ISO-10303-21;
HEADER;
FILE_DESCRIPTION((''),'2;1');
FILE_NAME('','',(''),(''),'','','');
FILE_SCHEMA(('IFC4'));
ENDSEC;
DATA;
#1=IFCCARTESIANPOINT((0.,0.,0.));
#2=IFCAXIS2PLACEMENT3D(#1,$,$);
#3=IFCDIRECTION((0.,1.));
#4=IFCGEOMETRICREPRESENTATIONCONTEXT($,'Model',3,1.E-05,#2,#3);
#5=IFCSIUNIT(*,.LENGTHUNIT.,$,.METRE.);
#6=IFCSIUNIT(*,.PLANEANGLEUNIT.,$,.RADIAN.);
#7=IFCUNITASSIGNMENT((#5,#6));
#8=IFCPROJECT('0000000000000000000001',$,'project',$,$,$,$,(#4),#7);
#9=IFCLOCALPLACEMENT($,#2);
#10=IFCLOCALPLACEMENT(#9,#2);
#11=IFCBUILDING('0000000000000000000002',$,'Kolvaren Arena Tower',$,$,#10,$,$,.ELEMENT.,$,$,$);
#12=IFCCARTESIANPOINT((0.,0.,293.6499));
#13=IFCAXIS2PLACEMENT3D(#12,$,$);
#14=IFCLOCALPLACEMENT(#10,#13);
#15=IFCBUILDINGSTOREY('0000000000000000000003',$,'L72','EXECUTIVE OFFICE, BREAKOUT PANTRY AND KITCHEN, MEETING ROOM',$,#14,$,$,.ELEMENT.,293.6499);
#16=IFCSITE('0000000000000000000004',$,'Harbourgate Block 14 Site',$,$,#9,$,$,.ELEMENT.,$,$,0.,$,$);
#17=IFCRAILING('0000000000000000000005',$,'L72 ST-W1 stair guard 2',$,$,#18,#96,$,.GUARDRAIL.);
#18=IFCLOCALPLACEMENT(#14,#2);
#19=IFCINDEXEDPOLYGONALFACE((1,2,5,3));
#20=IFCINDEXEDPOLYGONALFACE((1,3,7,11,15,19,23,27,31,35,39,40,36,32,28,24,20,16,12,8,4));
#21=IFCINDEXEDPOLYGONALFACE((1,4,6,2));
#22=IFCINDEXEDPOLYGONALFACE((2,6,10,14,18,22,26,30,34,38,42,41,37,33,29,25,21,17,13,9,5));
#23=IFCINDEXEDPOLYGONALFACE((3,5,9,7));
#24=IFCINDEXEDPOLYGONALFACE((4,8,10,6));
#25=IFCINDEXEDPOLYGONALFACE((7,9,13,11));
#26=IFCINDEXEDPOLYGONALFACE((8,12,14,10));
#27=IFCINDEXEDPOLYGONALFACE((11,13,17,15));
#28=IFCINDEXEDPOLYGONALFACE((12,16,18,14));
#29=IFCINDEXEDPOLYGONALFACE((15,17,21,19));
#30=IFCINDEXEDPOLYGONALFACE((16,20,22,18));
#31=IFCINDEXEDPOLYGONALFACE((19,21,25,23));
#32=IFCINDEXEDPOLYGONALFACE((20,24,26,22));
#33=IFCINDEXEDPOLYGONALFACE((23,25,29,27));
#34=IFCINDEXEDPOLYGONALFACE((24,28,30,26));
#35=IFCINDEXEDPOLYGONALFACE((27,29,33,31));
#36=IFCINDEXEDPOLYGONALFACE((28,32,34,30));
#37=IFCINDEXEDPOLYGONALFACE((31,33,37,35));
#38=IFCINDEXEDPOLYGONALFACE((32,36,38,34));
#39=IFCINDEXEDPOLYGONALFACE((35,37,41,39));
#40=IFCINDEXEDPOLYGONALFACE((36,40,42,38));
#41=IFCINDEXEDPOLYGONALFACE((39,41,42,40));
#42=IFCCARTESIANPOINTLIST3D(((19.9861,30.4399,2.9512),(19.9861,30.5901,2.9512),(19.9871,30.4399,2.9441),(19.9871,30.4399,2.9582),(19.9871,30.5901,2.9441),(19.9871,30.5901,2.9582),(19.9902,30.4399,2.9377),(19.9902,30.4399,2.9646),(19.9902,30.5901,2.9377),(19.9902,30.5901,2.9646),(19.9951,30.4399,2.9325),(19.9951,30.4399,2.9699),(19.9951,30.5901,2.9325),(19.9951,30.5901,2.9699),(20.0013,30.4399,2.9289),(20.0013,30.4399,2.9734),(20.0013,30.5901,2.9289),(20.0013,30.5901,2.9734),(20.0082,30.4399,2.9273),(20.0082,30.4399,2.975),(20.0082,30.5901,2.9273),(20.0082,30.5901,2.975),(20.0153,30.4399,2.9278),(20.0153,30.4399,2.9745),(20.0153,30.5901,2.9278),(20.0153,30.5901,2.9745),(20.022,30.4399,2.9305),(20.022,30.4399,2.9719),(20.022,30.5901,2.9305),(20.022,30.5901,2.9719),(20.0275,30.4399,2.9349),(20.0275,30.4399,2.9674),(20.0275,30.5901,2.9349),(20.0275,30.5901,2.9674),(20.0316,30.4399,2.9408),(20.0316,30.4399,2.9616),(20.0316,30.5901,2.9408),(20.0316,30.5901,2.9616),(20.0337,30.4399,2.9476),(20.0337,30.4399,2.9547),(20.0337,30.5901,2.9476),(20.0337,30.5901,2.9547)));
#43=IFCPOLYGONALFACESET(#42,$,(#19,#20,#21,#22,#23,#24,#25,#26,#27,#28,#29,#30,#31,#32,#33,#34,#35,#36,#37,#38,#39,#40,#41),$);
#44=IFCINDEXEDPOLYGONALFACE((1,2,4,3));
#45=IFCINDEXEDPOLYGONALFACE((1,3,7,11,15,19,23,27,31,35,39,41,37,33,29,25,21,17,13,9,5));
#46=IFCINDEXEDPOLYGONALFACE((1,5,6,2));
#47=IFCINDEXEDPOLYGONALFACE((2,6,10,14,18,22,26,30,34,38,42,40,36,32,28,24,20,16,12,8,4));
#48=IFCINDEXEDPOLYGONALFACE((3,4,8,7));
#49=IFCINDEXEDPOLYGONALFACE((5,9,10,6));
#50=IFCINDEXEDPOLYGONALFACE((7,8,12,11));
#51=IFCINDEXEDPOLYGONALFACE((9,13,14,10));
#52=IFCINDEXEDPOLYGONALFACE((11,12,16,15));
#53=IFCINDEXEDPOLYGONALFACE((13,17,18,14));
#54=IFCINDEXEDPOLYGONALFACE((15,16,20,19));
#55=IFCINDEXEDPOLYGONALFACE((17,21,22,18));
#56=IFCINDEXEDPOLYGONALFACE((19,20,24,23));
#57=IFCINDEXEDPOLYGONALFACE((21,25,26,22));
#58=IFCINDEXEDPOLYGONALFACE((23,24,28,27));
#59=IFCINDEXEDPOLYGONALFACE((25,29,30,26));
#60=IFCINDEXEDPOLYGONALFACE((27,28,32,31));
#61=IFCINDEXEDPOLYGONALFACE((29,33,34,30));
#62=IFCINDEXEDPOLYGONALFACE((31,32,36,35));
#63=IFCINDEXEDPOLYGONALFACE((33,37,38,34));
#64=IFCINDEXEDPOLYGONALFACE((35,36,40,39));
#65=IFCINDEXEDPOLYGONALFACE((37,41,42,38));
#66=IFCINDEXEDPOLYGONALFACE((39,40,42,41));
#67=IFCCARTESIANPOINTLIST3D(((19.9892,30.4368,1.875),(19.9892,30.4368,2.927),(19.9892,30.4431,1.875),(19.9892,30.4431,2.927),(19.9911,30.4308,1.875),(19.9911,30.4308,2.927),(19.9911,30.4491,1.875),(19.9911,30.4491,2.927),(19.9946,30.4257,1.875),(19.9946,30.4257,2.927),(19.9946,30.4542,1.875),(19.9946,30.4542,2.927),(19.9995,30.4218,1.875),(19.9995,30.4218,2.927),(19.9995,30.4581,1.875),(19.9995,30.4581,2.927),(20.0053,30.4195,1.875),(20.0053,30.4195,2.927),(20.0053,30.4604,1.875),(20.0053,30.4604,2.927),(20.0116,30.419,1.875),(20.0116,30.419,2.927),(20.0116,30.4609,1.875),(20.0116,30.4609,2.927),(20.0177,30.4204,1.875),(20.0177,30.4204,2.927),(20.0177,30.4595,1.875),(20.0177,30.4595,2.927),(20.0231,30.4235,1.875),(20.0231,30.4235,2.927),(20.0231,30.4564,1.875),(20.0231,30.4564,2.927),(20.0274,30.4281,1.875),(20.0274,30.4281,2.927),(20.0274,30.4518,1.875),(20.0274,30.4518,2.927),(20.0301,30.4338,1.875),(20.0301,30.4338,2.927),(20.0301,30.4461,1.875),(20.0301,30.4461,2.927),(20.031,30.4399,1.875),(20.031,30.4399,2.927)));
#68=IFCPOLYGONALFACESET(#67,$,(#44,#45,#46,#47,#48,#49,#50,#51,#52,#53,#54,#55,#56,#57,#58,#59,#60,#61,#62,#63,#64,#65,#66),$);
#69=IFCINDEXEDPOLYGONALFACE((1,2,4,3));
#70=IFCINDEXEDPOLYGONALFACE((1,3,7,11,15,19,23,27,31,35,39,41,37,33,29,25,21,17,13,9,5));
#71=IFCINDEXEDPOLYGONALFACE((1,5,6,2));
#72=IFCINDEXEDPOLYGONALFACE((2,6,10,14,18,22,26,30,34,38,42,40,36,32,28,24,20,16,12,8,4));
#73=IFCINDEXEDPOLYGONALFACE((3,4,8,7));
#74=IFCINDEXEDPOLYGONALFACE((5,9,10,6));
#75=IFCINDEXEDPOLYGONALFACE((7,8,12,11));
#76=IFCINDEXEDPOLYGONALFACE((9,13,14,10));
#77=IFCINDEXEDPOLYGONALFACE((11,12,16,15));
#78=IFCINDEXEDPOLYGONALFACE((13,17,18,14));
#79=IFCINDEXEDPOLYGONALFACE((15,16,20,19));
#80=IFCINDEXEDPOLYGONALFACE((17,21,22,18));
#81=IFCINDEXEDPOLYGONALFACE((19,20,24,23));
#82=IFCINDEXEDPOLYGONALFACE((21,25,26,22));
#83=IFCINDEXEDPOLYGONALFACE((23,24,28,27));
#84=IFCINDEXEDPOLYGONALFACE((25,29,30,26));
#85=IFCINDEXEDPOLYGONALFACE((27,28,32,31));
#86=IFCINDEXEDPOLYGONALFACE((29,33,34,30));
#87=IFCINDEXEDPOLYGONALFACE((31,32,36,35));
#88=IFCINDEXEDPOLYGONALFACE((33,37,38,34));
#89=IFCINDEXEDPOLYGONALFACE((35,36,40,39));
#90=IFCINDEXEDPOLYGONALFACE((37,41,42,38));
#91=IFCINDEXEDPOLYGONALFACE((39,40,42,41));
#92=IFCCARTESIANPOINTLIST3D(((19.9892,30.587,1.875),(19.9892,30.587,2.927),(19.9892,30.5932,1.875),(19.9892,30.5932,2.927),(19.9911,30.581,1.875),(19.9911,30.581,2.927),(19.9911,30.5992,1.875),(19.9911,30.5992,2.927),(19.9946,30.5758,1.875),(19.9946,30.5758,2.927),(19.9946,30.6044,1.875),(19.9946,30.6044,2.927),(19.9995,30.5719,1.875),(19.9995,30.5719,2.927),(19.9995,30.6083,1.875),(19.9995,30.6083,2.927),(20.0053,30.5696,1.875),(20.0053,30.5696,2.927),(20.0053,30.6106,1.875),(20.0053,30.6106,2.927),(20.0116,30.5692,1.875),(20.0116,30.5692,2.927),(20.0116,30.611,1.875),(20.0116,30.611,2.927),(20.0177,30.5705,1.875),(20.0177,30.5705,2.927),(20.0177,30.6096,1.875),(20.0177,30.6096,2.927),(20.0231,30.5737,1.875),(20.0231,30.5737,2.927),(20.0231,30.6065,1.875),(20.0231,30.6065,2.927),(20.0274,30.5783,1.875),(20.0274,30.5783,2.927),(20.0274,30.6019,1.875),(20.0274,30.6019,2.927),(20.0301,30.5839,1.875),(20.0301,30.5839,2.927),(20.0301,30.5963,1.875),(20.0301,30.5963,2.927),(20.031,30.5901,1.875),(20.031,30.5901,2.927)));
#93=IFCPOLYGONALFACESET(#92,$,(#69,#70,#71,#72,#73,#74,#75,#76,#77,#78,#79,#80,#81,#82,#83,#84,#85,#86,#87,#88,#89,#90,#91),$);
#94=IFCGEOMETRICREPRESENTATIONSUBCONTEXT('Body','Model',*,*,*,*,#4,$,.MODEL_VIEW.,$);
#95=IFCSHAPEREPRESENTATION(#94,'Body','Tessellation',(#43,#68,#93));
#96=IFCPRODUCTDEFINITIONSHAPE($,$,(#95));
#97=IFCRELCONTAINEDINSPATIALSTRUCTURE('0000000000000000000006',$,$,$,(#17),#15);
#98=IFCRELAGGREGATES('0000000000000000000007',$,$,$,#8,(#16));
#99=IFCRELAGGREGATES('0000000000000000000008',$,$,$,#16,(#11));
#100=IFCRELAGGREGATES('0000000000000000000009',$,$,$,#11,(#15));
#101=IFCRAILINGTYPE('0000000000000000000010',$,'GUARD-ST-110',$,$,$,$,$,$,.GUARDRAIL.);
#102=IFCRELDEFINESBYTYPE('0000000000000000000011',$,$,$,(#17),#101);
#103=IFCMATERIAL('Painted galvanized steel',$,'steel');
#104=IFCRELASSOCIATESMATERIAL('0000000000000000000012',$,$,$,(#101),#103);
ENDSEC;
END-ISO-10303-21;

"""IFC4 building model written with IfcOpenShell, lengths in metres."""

from ifc_helpers import new_model, si_unit, direction, frame, origin, origin_2d, place, context, subcontext, project, spatial, circle, extrude, material, type_object, element, save


model = new_model("IFC4")

# Units and contexts
model_context = context("Model", 3, precision=1e-05, world=origin(), true_north=direction((0.0, 1.0)))
body_context = subcontext(model_context, "Body", "Model", "MODEL_VIEW")
ifc_project = project(units=[si_unit("LENGTHUNIT", "METRE"), si_unit("PLANEANGLEUNIT", "RADIAN")], contexts=[model_context])

# Site, building, storey
site_placement = place(None, origin())
site = spatial("IfcSite", under=ifc_project, at=site_placement, Name="Harbourgate Block 14 Site", CompositionType="ELEMENT", RefElevation=0.0)
building_placement = place(site_placement, origin())
building = spatial("IfcBuilding", under=site, at=building_placement, Name="Kolvaren Arena Tower", CompositionType="ELEMENT")
storey_placement = place(building_placement, frame((0.0, 0.0, 293.6499)))
storey = spatial("IfcBuildingStorey", under=building, at=storey_placement, Name="L72", Description="EXECUTIVE OFFICE, BREAKOUT PANTRY AND KITCHEN, MEETING ROOM", CompositionType="ELEMENT", Elevation=293.6499)

# Railing
ifc_material_1 = material(Name="Painted galvanized steel", Category="steel")
railing_type_1 = type_object("IfcRailingType", Name="GUARD-ST-110", PredefinedType="GUARDRAIL", material=ifc_material_1)
railing_1_placement = place(storey_placement, frame((20.01, 30.4399, 1.875)))
element("IfcRailing", 1, at=railing_1_placement, inside=storey, type_object=railing_type_1, Name="L72 ST-W1 stair guard 2", PredefinedType="GUARDRAIL", context=body_context, shape_type="SweptSolid", body=[
    extrude(circle(Radius=0.0239, at=origin_2d()), frame((0.0, 0.0, 1.0762), z_axis=(0.0, 1.0, 0.0), x_axis=(-1.0, 0.0, 0.0)), (0.0, 0.0, 1.0), 0.1501),
    extrude(circle(Radius=0.021, at=origin_2d()), origin(), (0.0, 0.0, 1.0), 1.052),
    extrude(circle(Radius=0.021, at=origin_2d()), frame((0.0, 0.1501, 0.0)), (0.0, 0.0, 1.0), 1.052),
])

save(model, "model.ifc")
